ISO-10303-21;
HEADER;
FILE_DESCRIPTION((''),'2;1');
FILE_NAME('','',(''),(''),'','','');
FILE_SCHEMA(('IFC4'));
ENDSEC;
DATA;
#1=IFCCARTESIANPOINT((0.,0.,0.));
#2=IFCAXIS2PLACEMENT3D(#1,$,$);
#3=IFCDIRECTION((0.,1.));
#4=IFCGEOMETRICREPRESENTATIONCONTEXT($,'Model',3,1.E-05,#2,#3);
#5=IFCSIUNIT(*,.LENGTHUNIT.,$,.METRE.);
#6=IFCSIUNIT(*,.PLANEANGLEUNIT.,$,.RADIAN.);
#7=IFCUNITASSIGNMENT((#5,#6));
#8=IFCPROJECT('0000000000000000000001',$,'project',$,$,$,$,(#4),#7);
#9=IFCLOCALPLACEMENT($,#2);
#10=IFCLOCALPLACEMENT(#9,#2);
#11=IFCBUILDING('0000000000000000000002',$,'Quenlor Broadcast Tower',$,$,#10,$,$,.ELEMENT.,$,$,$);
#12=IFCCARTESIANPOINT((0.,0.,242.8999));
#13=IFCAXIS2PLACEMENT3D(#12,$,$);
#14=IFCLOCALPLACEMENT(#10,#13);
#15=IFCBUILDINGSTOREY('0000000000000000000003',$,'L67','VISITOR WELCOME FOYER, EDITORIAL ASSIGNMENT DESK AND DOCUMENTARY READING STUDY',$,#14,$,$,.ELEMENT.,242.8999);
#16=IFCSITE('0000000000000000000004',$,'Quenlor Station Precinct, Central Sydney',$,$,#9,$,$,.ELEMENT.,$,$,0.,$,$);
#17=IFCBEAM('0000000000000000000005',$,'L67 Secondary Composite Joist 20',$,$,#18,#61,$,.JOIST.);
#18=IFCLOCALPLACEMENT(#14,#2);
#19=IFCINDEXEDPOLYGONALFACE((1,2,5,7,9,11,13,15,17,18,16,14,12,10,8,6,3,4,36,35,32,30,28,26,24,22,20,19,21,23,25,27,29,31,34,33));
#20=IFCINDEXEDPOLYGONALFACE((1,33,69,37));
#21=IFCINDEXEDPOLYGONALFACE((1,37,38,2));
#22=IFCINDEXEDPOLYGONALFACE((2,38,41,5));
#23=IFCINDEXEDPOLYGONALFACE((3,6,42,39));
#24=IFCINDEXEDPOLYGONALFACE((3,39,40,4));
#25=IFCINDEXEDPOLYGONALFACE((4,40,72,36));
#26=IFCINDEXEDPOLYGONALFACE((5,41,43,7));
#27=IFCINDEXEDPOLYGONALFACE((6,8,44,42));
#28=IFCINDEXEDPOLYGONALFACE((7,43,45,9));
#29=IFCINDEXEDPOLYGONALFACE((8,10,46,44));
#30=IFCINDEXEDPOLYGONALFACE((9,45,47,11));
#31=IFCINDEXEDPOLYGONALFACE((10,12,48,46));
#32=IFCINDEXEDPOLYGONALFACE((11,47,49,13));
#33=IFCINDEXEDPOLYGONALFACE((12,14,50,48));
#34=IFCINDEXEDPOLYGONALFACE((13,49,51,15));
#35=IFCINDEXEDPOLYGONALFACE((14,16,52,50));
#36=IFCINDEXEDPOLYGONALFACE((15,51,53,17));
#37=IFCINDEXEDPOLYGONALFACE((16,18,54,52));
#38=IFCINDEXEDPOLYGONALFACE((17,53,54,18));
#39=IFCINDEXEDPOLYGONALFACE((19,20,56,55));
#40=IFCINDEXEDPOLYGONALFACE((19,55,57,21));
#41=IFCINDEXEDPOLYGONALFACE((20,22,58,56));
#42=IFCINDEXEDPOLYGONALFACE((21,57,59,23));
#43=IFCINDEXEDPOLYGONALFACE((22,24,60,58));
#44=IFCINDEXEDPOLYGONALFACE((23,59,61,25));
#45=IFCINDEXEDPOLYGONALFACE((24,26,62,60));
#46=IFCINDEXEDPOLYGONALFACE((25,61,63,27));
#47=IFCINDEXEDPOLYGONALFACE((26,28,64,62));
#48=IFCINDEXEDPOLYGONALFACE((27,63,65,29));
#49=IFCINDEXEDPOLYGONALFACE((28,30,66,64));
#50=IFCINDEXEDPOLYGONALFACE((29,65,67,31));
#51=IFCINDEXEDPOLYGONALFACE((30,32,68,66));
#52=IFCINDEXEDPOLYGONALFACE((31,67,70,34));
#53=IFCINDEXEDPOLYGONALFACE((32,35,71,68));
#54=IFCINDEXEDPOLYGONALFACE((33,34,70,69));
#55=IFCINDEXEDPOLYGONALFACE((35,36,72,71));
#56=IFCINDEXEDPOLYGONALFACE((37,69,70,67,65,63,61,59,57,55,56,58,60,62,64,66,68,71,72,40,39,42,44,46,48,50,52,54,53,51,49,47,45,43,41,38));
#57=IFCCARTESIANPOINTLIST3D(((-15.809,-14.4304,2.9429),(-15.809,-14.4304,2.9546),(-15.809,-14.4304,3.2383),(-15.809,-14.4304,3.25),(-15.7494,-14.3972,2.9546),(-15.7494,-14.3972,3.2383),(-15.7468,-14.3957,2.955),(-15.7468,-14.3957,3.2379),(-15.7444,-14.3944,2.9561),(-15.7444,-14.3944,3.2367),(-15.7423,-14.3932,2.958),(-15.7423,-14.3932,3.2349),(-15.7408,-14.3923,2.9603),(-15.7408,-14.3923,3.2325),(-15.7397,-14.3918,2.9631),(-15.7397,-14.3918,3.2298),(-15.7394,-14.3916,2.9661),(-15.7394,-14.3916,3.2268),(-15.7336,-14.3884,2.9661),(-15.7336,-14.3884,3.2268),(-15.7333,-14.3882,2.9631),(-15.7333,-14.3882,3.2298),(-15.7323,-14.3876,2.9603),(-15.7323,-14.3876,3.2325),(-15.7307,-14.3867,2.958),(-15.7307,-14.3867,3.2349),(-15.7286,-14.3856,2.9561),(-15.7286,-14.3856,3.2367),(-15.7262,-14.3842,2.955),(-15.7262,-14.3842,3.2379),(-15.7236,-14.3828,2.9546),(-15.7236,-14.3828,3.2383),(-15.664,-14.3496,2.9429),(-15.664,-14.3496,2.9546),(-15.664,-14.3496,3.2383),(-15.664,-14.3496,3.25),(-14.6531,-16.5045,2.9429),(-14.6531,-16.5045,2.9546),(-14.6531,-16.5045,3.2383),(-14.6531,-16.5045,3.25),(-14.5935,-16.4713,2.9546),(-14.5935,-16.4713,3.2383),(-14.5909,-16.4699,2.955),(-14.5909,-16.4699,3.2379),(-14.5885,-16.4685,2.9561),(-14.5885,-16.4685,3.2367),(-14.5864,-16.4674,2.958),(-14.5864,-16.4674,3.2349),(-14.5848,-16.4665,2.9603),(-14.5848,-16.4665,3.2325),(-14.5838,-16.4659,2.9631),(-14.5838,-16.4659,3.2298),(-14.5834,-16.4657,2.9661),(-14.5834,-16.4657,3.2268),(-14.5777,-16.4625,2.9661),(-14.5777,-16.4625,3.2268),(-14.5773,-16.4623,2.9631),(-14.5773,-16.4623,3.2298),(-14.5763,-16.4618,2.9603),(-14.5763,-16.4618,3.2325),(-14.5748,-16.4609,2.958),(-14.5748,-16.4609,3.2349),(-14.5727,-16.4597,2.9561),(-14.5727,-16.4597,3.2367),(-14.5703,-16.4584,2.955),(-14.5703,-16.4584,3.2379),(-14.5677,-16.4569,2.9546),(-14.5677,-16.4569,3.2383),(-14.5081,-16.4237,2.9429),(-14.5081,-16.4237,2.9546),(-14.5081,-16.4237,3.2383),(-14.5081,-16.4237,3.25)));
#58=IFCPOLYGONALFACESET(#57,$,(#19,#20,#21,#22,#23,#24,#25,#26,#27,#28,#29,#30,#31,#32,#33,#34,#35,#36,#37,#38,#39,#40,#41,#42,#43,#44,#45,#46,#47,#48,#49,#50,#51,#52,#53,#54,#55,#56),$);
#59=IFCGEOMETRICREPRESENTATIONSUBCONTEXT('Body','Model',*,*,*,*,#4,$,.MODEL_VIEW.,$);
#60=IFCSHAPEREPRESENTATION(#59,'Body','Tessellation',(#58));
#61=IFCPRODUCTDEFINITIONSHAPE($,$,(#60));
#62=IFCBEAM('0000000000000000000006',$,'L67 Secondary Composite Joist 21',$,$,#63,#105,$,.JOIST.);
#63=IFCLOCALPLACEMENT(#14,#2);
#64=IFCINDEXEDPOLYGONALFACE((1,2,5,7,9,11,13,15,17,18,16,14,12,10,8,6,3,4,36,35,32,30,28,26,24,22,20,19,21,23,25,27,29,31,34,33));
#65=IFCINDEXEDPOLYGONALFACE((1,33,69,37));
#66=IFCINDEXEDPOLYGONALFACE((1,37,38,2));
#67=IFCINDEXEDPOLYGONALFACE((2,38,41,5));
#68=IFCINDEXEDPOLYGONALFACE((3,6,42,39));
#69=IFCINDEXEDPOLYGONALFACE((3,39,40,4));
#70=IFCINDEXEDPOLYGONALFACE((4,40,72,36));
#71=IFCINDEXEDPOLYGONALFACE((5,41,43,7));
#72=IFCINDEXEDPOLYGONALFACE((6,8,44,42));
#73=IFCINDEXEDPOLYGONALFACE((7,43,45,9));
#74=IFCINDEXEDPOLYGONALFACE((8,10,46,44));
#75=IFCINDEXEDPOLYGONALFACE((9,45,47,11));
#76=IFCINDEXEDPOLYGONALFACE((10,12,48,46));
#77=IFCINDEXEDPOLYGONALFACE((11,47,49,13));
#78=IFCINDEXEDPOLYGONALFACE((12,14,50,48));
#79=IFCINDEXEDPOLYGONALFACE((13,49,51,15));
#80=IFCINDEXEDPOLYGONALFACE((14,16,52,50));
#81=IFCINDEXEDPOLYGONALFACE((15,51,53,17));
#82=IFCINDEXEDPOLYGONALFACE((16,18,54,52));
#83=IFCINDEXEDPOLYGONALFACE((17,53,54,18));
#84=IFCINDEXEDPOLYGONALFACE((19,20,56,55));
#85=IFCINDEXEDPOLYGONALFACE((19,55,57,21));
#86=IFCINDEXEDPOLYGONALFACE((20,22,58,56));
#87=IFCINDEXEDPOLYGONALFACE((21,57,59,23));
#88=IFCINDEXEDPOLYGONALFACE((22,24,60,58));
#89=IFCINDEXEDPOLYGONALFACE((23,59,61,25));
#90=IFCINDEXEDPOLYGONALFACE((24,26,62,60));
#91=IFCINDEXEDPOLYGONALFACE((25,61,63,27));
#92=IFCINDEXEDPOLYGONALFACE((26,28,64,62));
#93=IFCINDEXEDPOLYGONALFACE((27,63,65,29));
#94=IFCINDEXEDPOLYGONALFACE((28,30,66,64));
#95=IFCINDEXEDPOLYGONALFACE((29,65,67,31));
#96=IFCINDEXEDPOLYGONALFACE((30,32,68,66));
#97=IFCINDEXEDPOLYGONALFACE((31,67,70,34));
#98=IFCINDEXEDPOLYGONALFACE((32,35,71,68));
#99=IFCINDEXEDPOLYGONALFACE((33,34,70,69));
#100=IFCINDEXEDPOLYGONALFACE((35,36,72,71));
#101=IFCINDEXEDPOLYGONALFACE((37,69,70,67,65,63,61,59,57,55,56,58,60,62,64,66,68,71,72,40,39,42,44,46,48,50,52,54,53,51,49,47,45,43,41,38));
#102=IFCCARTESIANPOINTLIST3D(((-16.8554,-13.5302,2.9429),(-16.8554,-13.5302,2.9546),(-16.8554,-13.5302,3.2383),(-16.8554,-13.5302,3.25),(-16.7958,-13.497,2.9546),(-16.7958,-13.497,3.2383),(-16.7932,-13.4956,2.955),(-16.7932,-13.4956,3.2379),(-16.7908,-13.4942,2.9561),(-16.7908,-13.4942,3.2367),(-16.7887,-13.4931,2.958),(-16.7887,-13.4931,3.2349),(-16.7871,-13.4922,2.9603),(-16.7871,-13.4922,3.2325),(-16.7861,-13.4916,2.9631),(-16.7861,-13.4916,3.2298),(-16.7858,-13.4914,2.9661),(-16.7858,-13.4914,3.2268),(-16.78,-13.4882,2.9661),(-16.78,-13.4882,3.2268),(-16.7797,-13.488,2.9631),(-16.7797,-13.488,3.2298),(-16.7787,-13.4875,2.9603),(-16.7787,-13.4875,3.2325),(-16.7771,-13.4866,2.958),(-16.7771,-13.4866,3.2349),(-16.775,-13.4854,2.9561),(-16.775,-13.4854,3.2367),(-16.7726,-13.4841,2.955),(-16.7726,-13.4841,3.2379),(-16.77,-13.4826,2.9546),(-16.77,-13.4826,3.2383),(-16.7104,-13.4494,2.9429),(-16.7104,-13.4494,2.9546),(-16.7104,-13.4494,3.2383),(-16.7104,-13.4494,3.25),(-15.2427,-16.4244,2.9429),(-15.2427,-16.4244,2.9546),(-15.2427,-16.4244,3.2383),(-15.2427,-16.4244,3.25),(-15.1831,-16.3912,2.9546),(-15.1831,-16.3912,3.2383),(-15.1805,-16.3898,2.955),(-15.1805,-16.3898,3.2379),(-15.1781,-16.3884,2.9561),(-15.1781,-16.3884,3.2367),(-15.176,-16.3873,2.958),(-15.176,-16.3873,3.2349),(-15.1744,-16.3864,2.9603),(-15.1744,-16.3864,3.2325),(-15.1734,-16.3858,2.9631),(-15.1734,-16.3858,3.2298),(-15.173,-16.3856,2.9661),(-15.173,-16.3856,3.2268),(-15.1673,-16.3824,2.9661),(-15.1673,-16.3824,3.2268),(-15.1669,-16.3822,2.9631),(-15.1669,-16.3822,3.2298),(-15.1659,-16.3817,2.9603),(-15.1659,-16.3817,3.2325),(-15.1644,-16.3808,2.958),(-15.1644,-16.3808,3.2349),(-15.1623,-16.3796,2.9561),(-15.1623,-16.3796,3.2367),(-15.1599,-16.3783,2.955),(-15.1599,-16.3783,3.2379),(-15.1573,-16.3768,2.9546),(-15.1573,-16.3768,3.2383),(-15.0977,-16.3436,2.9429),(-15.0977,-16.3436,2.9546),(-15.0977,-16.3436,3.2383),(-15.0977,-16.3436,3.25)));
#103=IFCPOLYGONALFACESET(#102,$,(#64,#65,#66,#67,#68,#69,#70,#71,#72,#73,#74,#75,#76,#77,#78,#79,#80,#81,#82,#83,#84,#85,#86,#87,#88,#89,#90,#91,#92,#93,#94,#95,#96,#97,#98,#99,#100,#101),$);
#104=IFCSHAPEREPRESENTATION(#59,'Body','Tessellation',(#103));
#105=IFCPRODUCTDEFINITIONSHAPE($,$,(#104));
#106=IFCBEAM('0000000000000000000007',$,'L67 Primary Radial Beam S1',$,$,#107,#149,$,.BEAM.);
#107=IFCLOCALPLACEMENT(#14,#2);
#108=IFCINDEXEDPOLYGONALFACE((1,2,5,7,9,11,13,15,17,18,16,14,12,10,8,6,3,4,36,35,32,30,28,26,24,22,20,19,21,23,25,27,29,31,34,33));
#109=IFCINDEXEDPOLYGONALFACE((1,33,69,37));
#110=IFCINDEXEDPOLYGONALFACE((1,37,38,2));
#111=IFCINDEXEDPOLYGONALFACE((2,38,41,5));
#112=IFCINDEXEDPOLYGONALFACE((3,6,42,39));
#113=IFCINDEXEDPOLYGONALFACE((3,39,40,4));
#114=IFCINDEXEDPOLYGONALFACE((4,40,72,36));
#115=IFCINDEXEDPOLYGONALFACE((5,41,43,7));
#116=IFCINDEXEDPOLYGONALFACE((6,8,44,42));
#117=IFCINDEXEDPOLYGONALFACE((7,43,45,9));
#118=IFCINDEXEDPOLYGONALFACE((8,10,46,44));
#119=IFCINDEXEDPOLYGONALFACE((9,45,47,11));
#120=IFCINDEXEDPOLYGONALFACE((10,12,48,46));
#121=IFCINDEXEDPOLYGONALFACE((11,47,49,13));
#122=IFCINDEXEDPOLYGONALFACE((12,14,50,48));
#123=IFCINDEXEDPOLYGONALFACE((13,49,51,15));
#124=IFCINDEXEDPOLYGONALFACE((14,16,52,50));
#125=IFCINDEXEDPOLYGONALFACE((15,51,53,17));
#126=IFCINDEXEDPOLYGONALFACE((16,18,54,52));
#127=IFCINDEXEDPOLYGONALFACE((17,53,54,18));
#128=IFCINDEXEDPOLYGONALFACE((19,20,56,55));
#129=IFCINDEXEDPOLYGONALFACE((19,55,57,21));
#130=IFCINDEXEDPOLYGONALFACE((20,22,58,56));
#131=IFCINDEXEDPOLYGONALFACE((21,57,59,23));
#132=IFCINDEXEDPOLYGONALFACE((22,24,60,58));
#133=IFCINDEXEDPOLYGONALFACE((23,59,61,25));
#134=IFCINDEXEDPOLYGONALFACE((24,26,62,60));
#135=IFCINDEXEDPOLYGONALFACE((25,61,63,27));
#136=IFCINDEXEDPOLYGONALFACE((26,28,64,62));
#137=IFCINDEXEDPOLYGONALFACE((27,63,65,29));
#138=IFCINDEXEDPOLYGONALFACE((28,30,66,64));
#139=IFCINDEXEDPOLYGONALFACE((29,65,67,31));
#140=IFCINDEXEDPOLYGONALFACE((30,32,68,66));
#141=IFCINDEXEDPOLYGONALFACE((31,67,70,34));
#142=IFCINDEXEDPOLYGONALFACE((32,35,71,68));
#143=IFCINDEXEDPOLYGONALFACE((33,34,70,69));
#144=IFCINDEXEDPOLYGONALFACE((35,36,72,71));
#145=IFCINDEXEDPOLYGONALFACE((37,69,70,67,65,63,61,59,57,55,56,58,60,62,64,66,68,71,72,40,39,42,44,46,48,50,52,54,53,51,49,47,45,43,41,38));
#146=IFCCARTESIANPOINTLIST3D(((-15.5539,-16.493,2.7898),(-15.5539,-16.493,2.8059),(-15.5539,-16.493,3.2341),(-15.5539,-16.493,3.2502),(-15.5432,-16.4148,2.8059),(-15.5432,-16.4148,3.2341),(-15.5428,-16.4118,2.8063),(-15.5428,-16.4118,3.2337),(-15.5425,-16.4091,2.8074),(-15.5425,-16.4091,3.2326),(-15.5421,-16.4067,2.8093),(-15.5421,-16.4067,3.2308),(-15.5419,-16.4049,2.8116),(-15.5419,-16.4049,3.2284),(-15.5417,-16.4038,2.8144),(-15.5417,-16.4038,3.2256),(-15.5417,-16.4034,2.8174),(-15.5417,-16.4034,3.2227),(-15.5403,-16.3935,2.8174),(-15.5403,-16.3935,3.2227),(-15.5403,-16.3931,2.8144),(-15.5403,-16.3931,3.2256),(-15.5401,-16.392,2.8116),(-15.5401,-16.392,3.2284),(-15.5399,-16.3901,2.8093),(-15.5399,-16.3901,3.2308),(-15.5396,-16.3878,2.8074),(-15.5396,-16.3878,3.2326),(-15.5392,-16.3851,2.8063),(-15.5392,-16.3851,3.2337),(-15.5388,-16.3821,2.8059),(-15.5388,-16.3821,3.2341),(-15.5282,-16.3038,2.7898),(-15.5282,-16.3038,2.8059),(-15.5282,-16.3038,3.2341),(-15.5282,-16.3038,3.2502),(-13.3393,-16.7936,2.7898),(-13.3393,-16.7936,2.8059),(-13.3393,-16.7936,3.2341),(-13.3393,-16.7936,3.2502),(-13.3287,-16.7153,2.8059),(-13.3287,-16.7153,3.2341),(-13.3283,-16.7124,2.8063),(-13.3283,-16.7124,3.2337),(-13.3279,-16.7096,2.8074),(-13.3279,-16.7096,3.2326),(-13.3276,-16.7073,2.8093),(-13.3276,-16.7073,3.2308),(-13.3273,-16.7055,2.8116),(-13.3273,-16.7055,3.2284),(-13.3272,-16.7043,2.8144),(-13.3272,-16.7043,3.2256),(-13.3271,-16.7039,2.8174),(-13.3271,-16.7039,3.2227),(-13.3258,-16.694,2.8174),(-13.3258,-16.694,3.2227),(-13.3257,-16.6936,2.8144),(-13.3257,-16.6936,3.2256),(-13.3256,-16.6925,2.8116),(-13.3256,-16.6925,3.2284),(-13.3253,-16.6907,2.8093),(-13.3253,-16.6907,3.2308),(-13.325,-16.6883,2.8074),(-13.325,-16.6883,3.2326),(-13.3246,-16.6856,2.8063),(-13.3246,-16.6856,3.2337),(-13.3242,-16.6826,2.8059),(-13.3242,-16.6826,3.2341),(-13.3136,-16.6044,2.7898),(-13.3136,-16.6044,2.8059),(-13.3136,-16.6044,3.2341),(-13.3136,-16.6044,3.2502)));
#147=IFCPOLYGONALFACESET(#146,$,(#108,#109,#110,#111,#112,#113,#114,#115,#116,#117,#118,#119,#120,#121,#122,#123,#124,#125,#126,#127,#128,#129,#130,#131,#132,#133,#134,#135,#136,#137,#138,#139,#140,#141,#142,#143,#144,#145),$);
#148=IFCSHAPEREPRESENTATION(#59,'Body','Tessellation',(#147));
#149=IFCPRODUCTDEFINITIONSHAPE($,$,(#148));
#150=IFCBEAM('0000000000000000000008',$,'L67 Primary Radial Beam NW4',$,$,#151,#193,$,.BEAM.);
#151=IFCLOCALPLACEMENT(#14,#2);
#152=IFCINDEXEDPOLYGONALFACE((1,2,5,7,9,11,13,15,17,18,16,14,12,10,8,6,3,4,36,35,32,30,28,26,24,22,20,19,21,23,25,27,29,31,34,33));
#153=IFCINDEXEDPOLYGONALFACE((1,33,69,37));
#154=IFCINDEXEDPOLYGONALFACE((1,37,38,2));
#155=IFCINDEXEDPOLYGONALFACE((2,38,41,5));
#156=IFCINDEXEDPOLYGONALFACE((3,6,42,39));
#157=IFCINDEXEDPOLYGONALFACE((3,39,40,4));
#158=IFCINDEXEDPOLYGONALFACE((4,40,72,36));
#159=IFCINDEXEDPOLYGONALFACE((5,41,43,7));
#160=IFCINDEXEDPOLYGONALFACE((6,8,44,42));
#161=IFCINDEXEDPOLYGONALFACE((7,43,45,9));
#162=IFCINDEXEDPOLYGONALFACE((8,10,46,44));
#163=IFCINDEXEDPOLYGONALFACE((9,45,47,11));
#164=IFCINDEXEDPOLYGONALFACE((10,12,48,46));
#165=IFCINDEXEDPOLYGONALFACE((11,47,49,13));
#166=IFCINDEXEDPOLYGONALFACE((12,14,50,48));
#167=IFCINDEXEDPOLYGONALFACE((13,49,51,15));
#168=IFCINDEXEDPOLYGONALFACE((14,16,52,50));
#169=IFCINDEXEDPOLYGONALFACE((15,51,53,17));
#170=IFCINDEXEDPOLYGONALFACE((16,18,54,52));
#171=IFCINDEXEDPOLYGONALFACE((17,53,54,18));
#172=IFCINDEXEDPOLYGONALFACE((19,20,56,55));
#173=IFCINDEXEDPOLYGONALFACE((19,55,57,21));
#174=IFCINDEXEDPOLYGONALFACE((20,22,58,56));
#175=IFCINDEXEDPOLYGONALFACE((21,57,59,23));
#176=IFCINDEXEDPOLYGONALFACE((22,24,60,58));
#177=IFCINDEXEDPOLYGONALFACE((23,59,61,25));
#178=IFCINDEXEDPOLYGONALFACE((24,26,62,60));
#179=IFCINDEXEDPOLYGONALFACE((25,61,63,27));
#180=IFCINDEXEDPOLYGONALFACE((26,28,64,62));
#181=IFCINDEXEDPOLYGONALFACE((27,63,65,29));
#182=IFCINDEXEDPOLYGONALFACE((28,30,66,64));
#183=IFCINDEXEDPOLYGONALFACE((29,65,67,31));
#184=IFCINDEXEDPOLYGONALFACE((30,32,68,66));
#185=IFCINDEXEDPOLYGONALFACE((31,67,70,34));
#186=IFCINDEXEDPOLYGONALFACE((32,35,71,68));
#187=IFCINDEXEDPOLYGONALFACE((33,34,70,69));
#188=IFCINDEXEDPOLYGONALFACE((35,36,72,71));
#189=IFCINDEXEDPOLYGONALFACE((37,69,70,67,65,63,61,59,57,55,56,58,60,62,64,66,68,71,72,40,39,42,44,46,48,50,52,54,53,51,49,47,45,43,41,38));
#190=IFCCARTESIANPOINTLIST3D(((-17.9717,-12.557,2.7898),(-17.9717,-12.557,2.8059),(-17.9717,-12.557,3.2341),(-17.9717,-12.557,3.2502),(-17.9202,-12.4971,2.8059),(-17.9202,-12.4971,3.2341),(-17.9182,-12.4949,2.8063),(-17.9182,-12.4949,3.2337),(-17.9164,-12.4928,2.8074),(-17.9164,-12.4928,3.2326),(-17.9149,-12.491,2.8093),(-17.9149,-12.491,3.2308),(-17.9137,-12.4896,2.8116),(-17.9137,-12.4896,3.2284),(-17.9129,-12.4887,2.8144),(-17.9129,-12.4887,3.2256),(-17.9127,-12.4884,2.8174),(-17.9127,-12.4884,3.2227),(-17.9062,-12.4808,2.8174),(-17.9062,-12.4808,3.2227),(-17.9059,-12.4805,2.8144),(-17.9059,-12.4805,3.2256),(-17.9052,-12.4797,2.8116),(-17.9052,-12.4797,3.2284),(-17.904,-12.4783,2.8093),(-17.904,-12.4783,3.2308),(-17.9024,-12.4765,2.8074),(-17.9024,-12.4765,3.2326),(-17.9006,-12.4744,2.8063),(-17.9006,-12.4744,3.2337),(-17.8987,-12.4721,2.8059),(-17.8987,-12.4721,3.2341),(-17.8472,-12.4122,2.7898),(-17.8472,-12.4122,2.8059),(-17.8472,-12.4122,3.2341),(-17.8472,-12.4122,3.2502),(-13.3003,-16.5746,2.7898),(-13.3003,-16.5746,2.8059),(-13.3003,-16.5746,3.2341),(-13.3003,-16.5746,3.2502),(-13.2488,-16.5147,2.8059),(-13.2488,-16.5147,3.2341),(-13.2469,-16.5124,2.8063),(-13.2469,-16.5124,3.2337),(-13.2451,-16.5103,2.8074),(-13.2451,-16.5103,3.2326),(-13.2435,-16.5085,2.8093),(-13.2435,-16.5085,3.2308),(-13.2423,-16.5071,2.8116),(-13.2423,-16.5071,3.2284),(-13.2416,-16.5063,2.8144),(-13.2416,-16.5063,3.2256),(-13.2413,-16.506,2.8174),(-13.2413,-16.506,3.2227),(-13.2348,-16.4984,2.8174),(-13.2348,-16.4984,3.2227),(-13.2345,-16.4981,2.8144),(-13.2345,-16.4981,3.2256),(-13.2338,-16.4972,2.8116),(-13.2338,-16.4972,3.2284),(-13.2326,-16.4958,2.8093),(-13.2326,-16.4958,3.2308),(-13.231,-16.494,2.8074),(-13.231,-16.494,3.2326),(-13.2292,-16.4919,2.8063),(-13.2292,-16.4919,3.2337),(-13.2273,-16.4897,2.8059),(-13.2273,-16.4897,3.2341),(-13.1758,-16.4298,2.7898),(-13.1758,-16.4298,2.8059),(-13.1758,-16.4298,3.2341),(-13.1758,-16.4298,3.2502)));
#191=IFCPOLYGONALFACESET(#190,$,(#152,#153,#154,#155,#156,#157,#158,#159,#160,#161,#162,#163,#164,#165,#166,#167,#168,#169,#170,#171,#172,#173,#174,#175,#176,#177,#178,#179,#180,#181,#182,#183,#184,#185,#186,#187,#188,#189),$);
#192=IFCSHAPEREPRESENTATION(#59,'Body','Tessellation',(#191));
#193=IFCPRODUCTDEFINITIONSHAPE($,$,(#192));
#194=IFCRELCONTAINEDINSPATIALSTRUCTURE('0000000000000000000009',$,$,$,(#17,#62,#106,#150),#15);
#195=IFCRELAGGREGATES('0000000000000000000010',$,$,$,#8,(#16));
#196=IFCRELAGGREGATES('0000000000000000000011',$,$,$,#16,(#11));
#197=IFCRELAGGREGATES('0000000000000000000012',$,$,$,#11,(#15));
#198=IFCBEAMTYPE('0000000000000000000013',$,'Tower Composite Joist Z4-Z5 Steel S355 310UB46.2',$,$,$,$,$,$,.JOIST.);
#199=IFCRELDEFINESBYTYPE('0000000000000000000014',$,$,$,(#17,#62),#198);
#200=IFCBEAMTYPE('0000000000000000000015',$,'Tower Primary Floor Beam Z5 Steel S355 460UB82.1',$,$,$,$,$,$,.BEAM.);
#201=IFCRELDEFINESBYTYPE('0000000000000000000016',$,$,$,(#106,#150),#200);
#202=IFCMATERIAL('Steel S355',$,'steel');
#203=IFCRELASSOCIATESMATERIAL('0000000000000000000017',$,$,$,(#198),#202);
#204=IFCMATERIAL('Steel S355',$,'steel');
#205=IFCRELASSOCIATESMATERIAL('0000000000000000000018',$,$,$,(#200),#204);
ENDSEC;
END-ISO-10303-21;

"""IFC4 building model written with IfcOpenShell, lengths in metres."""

from ifc_helpers import new_model, si_unit, direction, frame, origin, origin_2d, place, context, subcontext, project, spatial, i_section, extrude, material, material_profile, profile_set, type_object, element, save


model = new_model("IFC4")

# Units and contexts
model_context = context("Model", 3, precision=1e-05, world=origin(), true_north=direction((0.0, 1.0)))
body_context = subcontext(model_context, "Body", "Model", "MODEL_VIEW")
ifc_project = project(units=[si_unit("LENGTHUNIT", "METRE"), si_unit("PLANEANGLEUNIT", "RADIAN")], contexts=[model_context])

# Site, building, storey
site_placement = place(None, origin())
site = spatial("IfcSite", under=ifc_project, at=site_placement, Name="Quenlor Station Precinct, Central Sydney", CompositionType="ELEMENT", RefElevation=0.0)
building_placement = place(site_placement, origin())
building = spatial("IfcBuilding", under=site, at=building_placement, Name="Quenlor Broadcast Tower", CompositionType="ELEMENT")
storey_placement = place(building_placement, frame((0.0, 0.0, 242.8999)))
storey = spatial("IfcBuildingStorey", under=building, at=storey_placement, Name="L67", Description="VISITOR WELCOME FOYER, EDITORIAL ASSIGNMENT DESK AND DOCUMENTARY READING STUDY", CompositionType="ELEMENT", Elevation=242.8999)

# Beams
ifc_material_1 = material(Name="Steel S355", Category="steel")
ifc_material_profile_1 = material_profile(ifc_material_1, i_section(OverallWidth=0.166, OverallDepth=0.3071, WebThickness=0.0066, FlangeThickness=0.0117, FilletRadius=0.0115, at=origin_2d()))
ifc_profile_set_1 = profile_set([ifc_material_profile_1], Name="Steel S355 310UB46.2")
beam_type_1 = type_object("IfcBeamType", Name="Tower Composite Joist Z4-Z5 Steel S355 310UB46.2", PredefinedType="JOIST", material=ifc_profile_set_1)
beam_1_placement = place(storey_placement, frame((-14.5806, -16.4641, 3.0964), z_axis=(-0.486821, 0.873502, 0.0), x_axis=(-0.873502, -0.486821, 0.0)))
element("IfcBeam", 1, at=beam_1_placement, inside=storey, type_object=beam_type_1, Name="L67 Secondary Composite Joist 20", PredefinedType="JOIST", context=body_context, shape_type="SweptSolid", body=[
    extrude(i_section(OverallWidth=0.166, OverallDepth=0.3071, WebThickness=0.0066, FlangeThickness=0.0117, FilletRadius=0.0115, at=origin_2d()), origin(), (0.0, 0.0, 1.0), 2.3745),
])
beam_2_placement = place(storey_placement, frame((-15.1702, -16.384, 3.0964), z_axis=(-0.486762, 0.873534, 0.0), x_axis=(-0.873534, -0.486762, 0.0)))
element("IfcBeam", 2, at=beam_2_placement, inside=storey, type_object=beam_type_1, Name="L67 Secondary Composite Joist 21", PredefinedType="JOIST", context=body_context, shape_type="SweptSolid", body=[
    extrude(i_section(OverallWidth=0.166, OverallDepth=0.3071, WebThickness=0.0066, FlangeThickness=0.0117, FilletRadius=0.0115, at=origin_2d()), origin(), (0.0, 0.0, 1.0), 3.3132),
])
ifc_material_2 = material(Name="Steel S355", Category="steel")
ifc_material_profile_2 = material_profile(ifc_material_2, i_section(OverallWidth=0.1909, OverallDepth=0.4604, WebThickness=0.01, FlangeThickness=0.0161, FilletRadius=0.0115, at=origin_2d()))
ifc_profile_set_2 = profile_set([ifc_material_profile_2], Name="Steel S355 460UB82.1")
beam_type_2 = type_object("IfcBeamType", Name="Tower Primary Floor Beam Z5 Steel S355 460UB82.1", PredefinedType="BEAM", material=ifc_profile_set_2)
beam_3_placement = place(storey_placement, frame((-15.541, -16.3984, 3.02), z_axis=(0.990917, -0.134475, 0.0), x_axis=(0.134475, 0.990917, 0.0)))
element("IfcBeam", 3, at=beam_3_placement, inside=storey, type_object=beam_type_2, Name="L67 Primary Radial Beam S1", PredefinedType="BEAM", context=body_context, shape_type="SweptSolid", body=[
    extrude(i_section(OverallWidth=0.1909, OverallDepth=0.4604, WebThickness=0.01, FlangeThickness=0.0161, FilletRadius=0.0115, at=origin_2d()), origin(), (0.0, 0.0, 1.0), 2.2349),
])
beam_4_placement = place(storey_placement, frame((-17.9094, -12.4846, 3.02), z_axis=(0.75817, -0.652057, 0.0), x_axis=(0.652057, 0.75817, 0.0)))
element("IfcBeam", 4, at=beam_4_placement, inside=storey, type_object=beam_type_2, Name="L67 Primary Radial Beam NW4", PredefinedType="BEAM", context=body_context, shape_type="SweptSolid", body=[
    extrude(i_section(OverallWidth=0.1909, OverallDepth=0.4604, WebThickness=0.01, FlangeThickness=0.0161, FilletRadius=0.0115, at=origin_2d()), origin(), (0.0, 0.0, 1.0), 6.1614),
])

save(model, "model.ifc")
